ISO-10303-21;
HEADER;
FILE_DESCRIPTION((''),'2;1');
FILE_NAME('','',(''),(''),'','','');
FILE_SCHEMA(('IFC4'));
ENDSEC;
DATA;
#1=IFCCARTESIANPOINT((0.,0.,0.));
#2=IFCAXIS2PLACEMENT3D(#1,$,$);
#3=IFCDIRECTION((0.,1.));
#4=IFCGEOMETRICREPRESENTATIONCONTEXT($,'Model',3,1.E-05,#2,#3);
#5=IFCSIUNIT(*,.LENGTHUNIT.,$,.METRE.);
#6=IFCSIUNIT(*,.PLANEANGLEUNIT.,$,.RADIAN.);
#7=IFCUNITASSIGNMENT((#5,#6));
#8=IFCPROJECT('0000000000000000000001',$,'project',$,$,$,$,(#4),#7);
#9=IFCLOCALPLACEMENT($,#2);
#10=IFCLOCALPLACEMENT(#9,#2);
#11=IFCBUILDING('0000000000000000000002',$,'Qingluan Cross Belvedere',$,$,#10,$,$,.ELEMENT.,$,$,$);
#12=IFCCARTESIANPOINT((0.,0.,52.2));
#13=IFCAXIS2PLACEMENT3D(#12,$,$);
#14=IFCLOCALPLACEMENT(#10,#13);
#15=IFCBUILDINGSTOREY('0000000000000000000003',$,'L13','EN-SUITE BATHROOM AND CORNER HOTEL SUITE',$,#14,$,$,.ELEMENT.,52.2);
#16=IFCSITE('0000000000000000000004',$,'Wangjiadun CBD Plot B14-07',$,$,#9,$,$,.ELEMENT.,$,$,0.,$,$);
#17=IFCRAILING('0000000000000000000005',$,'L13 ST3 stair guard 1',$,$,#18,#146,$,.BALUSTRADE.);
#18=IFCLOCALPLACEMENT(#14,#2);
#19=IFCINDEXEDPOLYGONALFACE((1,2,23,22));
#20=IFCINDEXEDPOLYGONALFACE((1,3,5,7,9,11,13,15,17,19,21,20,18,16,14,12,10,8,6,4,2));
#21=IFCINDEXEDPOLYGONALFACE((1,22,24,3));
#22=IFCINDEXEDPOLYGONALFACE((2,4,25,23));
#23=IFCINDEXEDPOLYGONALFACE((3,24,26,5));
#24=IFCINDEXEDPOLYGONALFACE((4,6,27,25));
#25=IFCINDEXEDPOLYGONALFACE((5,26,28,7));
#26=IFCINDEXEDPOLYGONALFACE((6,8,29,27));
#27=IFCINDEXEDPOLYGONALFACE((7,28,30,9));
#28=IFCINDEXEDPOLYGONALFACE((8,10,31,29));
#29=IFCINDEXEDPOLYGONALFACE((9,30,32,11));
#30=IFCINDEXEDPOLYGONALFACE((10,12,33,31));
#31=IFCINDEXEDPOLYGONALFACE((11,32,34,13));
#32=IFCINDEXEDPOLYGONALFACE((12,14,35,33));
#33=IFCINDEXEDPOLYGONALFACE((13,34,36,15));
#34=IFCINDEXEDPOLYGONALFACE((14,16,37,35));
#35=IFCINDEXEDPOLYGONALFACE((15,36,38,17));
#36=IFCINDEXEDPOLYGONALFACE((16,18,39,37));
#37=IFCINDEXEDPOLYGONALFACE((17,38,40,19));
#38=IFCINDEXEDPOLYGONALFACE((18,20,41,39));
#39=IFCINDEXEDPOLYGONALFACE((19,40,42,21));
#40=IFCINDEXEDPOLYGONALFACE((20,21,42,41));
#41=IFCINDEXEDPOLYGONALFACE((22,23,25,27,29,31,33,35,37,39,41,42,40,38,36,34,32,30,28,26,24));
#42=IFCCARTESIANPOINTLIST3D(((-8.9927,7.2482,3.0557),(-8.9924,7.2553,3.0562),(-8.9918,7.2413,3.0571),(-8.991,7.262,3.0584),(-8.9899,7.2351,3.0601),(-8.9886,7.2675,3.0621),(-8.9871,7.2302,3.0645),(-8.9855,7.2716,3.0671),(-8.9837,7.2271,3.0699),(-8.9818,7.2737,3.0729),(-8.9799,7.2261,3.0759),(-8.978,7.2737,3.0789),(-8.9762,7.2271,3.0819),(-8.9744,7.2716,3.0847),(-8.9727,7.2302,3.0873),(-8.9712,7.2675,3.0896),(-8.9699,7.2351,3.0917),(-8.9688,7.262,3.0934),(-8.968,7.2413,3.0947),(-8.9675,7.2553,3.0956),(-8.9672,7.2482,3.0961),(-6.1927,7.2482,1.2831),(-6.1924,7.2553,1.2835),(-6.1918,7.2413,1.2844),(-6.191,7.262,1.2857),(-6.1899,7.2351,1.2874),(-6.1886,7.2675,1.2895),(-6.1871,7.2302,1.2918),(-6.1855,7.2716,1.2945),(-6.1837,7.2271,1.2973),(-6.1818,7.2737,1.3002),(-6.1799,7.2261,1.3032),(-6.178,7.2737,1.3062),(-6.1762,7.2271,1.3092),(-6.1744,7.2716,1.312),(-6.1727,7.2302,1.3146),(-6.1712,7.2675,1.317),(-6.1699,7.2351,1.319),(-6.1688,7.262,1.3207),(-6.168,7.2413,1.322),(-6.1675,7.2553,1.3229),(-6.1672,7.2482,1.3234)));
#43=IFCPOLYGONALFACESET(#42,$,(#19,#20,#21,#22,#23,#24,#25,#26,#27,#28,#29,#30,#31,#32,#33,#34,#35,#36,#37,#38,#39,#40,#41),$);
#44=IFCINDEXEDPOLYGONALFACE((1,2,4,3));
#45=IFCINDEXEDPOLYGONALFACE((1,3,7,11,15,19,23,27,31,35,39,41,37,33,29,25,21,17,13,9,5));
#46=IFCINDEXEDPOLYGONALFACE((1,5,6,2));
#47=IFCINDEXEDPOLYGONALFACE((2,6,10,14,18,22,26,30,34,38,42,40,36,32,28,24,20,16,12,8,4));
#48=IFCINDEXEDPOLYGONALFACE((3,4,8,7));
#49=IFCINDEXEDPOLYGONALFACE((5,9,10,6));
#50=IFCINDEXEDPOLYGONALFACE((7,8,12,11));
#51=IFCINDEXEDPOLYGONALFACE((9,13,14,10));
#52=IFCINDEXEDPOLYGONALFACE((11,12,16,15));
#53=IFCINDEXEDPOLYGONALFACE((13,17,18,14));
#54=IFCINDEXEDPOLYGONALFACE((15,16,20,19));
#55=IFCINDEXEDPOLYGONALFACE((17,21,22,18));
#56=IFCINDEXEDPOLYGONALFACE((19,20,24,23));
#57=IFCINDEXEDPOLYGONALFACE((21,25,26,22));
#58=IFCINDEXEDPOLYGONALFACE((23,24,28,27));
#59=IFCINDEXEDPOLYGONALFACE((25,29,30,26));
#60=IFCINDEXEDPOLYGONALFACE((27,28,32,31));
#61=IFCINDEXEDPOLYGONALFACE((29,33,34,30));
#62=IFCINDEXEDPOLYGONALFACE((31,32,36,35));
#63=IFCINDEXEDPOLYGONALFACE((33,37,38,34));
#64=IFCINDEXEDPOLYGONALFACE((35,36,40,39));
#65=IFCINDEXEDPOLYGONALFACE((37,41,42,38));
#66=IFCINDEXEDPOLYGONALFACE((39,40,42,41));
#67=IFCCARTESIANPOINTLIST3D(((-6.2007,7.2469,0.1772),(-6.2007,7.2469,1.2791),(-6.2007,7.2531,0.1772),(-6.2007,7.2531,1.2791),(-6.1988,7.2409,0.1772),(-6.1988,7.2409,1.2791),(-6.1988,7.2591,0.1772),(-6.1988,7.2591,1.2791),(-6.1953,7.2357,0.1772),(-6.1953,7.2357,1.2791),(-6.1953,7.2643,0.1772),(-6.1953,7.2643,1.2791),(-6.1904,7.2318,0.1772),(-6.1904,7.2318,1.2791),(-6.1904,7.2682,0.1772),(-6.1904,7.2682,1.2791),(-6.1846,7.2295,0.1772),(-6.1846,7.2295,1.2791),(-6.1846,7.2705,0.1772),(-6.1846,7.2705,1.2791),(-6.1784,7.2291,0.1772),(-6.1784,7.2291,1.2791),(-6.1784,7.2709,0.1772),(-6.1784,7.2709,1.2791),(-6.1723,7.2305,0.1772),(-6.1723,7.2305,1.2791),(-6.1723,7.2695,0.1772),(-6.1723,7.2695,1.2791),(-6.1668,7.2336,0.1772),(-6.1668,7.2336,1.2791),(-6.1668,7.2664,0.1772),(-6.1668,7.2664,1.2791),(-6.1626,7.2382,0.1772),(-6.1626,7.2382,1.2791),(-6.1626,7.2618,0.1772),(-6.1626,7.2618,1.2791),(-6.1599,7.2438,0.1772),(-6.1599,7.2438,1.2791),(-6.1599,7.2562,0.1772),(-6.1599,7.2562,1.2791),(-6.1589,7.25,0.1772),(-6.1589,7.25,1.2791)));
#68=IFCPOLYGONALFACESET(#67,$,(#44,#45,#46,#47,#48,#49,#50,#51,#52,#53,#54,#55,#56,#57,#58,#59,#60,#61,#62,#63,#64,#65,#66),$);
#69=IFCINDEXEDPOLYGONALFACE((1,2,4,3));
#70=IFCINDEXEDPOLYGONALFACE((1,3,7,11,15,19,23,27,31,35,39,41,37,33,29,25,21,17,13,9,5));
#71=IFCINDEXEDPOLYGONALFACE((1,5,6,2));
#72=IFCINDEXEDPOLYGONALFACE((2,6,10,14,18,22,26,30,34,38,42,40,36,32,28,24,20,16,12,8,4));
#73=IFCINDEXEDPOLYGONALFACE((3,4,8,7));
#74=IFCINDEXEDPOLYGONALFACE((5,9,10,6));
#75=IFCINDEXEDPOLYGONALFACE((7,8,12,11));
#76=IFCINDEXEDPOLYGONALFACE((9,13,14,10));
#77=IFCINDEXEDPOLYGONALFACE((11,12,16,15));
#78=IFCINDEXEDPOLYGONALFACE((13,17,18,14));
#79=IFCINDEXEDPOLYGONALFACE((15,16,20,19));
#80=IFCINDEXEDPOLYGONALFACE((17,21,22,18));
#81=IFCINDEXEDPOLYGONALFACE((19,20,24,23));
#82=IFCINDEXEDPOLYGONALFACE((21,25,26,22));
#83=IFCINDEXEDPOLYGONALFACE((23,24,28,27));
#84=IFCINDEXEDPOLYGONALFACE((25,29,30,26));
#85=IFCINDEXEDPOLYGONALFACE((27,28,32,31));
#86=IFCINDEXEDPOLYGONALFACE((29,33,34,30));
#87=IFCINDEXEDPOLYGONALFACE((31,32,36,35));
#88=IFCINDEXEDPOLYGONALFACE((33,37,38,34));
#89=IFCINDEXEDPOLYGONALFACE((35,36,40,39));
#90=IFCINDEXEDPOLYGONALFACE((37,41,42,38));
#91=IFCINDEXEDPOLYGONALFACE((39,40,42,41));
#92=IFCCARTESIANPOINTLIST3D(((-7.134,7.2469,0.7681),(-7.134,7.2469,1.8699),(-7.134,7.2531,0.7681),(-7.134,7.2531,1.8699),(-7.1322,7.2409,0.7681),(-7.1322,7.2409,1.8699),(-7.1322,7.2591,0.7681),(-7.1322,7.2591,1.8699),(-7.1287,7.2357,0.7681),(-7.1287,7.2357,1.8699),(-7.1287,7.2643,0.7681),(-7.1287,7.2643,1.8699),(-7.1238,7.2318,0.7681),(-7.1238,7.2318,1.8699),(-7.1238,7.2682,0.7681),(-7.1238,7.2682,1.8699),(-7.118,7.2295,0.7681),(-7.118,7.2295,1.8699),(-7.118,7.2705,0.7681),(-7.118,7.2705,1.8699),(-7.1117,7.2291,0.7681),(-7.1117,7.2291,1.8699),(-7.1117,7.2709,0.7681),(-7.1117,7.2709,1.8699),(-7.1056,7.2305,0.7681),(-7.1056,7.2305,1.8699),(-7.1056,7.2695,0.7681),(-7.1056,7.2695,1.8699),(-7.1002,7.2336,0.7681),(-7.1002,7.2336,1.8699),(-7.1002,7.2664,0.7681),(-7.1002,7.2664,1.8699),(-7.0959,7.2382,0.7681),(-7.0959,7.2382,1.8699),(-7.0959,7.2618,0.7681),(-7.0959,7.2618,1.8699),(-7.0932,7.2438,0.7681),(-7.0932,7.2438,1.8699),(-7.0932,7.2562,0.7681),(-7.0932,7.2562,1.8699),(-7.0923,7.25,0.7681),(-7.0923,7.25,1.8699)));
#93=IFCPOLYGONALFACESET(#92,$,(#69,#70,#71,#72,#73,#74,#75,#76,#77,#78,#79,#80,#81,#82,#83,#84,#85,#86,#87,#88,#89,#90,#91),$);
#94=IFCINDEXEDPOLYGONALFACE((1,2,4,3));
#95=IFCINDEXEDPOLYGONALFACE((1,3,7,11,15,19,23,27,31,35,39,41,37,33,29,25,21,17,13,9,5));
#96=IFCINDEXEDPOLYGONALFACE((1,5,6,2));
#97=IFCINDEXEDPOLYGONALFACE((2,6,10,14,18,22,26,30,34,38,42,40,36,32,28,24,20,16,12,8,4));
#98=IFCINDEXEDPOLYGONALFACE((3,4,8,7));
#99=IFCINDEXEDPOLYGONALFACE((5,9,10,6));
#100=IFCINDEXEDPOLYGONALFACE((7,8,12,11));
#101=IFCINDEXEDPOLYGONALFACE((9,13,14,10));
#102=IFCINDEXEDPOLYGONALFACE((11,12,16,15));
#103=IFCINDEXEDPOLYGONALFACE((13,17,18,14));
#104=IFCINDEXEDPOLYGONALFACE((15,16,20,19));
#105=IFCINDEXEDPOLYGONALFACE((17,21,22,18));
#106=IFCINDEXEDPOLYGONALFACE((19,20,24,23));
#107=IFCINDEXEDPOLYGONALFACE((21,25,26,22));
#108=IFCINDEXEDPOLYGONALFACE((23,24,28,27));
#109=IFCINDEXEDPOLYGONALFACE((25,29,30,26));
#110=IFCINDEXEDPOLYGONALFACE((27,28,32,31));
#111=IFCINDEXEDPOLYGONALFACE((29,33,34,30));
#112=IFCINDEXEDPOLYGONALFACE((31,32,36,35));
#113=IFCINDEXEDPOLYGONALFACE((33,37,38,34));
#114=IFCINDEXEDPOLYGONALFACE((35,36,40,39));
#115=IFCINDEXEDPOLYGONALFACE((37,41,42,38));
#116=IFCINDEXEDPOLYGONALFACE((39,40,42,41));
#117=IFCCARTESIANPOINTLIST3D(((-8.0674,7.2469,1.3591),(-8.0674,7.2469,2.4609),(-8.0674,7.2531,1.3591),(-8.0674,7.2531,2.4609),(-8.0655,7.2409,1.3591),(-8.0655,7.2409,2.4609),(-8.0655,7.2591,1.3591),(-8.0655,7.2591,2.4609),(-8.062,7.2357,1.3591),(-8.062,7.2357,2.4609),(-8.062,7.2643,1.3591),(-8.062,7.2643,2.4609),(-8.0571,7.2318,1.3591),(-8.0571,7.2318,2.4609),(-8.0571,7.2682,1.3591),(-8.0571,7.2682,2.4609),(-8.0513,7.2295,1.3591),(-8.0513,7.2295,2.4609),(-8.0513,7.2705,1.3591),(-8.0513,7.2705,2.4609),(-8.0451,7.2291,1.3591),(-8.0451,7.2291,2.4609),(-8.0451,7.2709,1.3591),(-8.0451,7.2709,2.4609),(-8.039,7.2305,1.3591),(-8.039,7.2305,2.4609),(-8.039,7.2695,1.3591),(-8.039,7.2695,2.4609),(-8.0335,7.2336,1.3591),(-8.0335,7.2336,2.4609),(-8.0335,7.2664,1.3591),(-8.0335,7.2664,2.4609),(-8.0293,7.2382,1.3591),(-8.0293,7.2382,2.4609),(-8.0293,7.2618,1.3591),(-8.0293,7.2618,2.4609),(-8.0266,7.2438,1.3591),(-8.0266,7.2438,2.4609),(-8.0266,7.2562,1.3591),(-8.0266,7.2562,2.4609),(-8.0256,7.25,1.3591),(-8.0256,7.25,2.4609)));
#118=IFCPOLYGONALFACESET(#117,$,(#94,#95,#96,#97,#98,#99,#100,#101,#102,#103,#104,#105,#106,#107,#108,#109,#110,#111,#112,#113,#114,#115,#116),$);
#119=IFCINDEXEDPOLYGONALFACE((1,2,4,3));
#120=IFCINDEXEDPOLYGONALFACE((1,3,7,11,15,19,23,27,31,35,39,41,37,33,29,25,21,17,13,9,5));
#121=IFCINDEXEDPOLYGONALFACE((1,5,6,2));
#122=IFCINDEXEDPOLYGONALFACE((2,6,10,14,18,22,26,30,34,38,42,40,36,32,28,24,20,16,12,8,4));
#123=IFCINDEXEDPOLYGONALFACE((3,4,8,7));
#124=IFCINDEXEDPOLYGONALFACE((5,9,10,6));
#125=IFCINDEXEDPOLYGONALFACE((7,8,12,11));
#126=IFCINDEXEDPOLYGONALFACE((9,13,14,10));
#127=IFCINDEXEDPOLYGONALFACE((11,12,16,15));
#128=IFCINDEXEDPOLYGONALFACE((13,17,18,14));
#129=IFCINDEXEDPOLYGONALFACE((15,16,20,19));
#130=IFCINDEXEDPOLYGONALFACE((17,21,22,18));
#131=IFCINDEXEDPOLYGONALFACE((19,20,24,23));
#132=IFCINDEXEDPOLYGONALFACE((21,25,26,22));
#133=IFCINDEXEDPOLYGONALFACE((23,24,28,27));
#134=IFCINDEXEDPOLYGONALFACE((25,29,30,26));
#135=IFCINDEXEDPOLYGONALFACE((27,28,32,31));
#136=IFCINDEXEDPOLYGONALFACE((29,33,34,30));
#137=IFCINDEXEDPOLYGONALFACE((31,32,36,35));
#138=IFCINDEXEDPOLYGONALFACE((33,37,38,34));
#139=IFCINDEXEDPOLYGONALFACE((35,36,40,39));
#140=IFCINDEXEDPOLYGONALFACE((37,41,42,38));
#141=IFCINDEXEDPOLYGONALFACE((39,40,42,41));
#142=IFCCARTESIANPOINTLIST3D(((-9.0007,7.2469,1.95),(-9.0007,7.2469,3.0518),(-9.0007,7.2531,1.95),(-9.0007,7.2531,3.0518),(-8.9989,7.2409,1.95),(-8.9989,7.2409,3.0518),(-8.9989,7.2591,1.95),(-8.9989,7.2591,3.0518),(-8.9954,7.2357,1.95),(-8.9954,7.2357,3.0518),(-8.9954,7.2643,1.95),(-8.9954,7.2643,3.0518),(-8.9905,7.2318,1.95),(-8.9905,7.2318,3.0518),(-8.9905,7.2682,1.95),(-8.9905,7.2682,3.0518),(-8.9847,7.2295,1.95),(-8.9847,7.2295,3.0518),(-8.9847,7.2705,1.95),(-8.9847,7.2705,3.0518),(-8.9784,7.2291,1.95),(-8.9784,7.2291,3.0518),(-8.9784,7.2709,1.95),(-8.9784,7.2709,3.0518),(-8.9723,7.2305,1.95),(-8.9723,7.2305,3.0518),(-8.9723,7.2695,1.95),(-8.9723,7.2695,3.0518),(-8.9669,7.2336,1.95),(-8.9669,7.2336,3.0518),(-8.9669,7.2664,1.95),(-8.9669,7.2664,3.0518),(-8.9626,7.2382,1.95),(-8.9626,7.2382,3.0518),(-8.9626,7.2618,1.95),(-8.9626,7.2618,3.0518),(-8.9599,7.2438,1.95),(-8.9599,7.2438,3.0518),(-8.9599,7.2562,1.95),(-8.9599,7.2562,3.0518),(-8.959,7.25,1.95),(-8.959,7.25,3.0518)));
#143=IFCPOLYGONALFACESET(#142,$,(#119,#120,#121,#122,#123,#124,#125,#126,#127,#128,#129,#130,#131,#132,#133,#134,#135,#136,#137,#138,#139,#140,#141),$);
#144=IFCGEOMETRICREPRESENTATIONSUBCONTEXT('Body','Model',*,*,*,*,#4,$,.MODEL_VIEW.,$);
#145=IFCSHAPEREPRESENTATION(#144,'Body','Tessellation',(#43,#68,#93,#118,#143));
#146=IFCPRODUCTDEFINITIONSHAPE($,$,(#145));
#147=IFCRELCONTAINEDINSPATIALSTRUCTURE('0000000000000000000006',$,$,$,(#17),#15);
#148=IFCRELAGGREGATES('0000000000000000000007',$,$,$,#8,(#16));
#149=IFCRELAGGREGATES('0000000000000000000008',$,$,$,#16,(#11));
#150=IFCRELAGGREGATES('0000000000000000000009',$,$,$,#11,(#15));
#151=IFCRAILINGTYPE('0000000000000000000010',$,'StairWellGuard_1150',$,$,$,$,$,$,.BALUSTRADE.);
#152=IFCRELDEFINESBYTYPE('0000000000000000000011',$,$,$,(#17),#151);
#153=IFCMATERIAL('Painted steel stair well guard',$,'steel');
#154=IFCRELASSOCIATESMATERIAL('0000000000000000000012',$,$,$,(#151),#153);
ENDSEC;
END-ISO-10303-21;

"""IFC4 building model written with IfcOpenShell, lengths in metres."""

from ifc_helpers import new_model, si_unit, direction, frame, origin, origin_2d, place, context, subcontext, project, spatial, circle, extrude, material, type_object, element, save


model = new_model("IFC4")

# Units and contexts
model_context = context("Model", 3, precision=1e-05, world=origin(), true_north=direction((0.0, 1.0)))
body_context = subcontext(model_context, "Body", "Model", "MODEL_VIEW")
ifc_project = project(units=[si_unit("LENGTHUNIT", "METRE"), si_unit("PLANEANGLEUNIT", "RADIAN")], contexts=[model_context])

# Site, building, storey
site_placement = place(None, origin())
site = spatial("IfcSite", under=ifc_project, at=site_placement, Name="Wangjiadun CBD Plot B14-07", CompositionType="ELEMENT", RefElevation=0.0)
building_placement = place(site_placement, origin())
building = spatial("IfcBuilding", under=site, at=building_placement, Name="Qingluan Cross Belvedere", CompositionType="ELEMENT")
storey_placement = place(building_placement, frame((0.0, 0.0, 52.2)))
storey = spatial("IfcBuildingStorey", under=building, at=storey_placement, Name="L13", Description="EN-SUITE BATHROOM AND CORNER HOTEL SUITE", CompositionType="ELEMENT", Elevation=52.2)

# Railing
ifc_material_1 = material(Name="Painted steel stair well guard", Category="steel")
railing_type_1 = type_object("IfcRailingType", Name="StairWellGuard_1150", PredefinedType="BALUSTRADE", material=ifc_material_1)
railing_1_placement = place(storey_placement, frame((-6.1799, 7.25, 0.1772)))
element("IfcRailing", 1, at=railing_1_placement, inside=storey, type_object=railing_type_1, Name="L13 ST3 stair guard 1", PredefinedType="BALUSTRADE", context=body_context, shape_type="SweptSolid", body=[
    extrude(circle(Radius=0.0239, at=origin_2d()), frame((0.0, 0.0, 1.126), z_axis=(-0.844909, 0.0, 0.53491), x_axis=(0.0, -1.0, 0.0)), (0.0, 0.0, 1.0), 3.314),
    extrude(circle(Radius=0.021, at=origin_2d()), origin(), (0.0, 0.0, 1.0), 1.1018),
    extrude(circle(Radius=0.021, at=origin_2d()), frame((-0.9333, 0.0, 0.5908)), (0.0, 0.0, 1.0), 1.1018),
    extrude(circle(Radius=0.021, at=origin_2d()), frame((-1.8667, 0.0, 1.1819)), (0.0, 0.0, 1.0), 1.1018),
    extrude(circle(Radius=0.021, at=origin_2d()), frame((-2.8, 0.0, 1.7727)), (0.0, 0.0, 1.0), 1.1018),
])

save(model, "model.ifc")
